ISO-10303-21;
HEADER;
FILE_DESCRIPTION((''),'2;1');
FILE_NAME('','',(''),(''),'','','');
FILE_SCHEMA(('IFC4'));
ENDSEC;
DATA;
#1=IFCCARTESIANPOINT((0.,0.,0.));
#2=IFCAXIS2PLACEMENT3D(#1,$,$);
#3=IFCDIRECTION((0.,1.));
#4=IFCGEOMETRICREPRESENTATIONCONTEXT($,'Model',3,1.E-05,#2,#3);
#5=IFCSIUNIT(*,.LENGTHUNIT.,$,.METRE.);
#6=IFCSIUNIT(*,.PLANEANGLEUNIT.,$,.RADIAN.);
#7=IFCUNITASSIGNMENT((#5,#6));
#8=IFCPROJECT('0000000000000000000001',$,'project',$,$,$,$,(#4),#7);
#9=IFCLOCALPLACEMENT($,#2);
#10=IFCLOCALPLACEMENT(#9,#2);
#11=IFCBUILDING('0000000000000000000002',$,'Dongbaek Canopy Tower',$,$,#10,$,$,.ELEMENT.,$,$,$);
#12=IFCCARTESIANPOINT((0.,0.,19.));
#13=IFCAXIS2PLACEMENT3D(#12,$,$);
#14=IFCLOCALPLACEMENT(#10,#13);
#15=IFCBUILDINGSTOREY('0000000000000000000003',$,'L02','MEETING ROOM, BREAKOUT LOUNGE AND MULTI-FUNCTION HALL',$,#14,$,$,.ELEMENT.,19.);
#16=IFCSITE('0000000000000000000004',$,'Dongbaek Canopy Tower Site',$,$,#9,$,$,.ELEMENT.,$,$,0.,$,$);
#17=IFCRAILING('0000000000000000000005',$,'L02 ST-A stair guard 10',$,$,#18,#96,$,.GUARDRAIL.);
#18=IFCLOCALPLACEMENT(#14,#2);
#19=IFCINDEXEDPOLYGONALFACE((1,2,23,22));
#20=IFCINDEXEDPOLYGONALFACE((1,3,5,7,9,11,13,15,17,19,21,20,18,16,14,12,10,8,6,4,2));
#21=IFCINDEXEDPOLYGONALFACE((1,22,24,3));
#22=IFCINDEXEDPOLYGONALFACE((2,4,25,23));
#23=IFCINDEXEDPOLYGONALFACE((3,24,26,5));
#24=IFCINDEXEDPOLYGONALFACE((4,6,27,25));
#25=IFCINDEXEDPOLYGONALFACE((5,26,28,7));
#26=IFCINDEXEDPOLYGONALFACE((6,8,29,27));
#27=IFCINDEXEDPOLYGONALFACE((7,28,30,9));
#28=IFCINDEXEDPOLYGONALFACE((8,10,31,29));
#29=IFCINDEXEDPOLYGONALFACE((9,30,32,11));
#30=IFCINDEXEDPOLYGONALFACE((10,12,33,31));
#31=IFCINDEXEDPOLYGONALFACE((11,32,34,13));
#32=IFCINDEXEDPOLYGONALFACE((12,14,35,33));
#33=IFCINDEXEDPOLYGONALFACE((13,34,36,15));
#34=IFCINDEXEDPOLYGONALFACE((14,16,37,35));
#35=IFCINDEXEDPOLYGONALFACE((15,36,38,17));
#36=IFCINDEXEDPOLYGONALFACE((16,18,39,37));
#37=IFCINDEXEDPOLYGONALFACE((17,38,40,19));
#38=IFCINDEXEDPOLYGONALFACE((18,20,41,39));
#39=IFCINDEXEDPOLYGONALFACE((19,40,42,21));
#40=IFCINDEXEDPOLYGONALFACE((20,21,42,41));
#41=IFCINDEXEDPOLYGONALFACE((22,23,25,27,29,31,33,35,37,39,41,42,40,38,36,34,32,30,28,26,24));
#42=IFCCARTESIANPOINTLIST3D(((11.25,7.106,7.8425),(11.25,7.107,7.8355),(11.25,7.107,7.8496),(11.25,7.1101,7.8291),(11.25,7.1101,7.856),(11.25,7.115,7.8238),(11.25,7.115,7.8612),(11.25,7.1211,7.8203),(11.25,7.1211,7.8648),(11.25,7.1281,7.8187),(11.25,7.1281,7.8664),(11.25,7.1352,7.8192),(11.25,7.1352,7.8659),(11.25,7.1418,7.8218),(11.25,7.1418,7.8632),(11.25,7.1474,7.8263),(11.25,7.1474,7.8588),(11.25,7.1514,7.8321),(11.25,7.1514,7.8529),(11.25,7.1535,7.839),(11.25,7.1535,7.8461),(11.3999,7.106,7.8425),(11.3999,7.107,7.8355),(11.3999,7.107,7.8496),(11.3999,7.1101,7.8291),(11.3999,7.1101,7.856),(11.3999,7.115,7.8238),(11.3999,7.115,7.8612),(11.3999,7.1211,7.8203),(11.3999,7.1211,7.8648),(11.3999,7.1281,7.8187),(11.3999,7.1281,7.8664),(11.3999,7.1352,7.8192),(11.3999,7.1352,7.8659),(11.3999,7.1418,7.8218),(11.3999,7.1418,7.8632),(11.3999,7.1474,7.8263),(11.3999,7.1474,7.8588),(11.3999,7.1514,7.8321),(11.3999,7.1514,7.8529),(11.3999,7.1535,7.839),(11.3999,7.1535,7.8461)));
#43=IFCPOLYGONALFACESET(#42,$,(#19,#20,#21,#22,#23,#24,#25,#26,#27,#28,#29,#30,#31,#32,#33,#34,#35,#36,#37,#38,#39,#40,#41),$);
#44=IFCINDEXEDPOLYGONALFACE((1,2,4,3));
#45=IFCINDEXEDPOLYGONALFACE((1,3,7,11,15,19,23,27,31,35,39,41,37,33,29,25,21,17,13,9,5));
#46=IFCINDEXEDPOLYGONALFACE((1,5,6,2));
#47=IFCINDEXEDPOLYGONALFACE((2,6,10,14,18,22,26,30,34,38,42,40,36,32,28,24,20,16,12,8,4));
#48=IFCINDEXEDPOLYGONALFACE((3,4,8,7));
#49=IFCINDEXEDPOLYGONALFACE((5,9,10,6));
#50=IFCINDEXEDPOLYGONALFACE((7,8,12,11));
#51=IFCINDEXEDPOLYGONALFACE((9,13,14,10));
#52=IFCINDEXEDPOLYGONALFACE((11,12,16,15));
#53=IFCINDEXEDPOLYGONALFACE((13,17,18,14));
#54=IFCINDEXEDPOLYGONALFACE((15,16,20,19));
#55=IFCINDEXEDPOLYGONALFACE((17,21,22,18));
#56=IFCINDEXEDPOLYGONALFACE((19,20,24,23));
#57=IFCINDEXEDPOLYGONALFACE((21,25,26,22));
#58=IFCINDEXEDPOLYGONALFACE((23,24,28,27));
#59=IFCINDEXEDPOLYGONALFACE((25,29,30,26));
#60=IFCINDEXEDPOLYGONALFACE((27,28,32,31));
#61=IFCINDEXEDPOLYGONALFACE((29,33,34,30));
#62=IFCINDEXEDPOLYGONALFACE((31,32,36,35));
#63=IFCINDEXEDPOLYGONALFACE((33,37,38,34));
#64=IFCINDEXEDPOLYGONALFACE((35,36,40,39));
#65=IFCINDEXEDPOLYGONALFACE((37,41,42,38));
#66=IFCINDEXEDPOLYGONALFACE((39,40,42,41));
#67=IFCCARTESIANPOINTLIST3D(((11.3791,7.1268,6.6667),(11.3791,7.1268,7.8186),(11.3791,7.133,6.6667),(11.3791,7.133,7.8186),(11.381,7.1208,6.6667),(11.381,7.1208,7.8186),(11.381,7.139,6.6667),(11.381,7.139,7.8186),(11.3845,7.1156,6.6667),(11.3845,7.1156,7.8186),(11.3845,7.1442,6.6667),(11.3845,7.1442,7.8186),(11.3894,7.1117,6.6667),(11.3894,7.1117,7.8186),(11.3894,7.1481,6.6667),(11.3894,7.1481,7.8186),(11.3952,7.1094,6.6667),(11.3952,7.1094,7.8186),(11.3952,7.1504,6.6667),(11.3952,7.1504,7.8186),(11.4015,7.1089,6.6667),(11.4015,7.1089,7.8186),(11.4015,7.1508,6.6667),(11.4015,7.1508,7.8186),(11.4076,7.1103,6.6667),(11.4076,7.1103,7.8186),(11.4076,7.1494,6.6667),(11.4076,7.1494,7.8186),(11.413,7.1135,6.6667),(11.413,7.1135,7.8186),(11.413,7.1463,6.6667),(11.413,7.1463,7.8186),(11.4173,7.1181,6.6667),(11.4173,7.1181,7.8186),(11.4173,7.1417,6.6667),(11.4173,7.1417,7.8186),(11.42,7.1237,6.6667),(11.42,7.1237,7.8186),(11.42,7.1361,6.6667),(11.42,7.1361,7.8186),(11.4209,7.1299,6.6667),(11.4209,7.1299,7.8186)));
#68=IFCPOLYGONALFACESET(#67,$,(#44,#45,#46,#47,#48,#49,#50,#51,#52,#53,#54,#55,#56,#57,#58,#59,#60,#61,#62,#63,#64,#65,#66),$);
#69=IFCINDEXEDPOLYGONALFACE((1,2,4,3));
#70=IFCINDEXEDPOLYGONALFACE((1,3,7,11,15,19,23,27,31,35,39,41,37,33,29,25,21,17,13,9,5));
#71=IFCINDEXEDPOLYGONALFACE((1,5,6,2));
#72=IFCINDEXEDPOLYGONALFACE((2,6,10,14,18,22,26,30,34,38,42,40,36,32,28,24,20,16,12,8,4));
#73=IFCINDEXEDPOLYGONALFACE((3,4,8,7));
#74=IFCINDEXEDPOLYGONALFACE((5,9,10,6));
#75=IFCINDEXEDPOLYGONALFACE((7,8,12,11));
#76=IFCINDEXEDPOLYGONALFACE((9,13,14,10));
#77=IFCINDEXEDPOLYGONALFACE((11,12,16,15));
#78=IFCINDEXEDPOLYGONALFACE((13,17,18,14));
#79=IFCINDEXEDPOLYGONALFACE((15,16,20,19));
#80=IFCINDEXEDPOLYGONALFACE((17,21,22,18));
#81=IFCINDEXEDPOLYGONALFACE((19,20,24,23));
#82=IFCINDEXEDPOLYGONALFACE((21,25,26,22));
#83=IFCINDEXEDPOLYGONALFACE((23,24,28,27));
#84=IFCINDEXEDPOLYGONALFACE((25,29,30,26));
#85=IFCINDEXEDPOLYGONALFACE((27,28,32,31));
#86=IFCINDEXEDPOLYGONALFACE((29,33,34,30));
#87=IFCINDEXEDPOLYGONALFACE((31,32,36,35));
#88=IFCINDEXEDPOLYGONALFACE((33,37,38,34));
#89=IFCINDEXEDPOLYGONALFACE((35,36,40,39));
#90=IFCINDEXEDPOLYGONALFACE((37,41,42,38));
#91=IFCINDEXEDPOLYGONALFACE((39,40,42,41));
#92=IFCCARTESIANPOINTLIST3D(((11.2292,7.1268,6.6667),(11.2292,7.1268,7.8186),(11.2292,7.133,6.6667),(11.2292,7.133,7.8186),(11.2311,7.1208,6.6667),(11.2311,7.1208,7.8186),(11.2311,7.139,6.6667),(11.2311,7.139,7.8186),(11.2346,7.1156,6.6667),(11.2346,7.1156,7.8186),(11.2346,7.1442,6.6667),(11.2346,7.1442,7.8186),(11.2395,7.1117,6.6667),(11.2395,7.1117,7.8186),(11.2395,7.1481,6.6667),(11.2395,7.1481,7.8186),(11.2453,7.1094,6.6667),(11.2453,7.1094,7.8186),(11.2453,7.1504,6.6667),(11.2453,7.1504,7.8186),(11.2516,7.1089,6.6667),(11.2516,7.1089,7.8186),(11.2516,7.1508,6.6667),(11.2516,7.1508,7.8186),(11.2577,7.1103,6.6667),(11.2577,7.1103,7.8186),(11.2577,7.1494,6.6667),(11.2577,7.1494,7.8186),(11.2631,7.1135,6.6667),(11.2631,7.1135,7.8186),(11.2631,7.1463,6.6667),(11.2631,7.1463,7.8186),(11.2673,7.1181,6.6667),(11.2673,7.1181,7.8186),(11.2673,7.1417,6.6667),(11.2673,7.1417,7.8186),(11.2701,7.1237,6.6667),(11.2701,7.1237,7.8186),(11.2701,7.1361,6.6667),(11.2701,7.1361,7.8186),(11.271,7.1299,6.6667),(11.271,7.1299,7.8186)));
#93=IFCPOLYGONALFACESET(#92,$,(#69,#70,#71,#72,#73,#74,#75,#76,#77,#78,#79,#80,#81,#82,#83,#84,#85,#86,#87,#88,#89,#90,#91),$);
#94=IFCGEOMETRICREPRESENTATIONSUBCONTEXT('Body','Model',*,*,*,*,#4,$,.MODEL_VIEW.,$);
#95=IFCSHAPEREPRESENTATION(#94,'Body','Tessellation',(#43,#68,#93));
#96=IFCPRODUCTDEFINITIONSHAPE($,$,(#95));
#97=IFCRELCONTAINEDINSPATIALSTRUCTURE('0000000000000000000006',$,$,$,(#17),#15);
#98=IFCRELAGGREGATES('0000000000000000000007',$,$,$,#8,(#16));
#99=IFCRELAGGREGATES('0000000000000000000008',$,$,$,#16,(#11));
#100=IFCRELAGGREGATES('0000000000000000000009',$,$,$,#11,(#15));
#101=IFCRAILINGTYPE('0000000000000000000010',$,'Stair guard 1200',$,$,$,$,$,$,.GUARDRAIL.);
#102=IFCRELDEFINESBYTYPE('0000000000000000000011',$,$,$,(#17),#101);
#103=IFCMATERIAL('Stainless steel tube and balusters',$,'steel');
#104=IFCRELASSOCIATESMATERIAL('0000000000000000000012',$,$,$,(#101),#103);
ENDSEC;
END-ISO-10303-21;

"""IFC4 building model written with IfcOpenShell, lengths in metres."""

from ifc_helpers import new_model, si_unit, direction, frame, origin, origin_2d, place, context, subcontext, project, spatial, circle, extrude, material, type_object, element, save


model = new_model("IFC4")

# Units and contexts
model_context = context("Model", 3, precision=1e-05, world=origin(), true_north=direction((0.0, 1.0)))
body_context = subcontext(model_context, "Body", "Model", "MODEL_VIEW")
ifc_project = project(units=[si_unit("LENGTHUNIT", "METRE"), si_unit("PLANEANGLEUNIT", "RADIAN")], contexts=[model_context])

# Site, building, storey
site_placement = place(None, origin())
site = spatial("IfcSite", under=ifc_project, at=site_placement, Name="Dongbaek Canopy Tower Site", CompositionType="ELEMENT", RefElevation=0.0)
building_placement = place(site_placement, origin())
building = spatial("IfcBuilding", under=site, at=building_placement, Name="Dongbaek Canopy Tower", CompositionType="ELEMENT")
storey_placement = place(building_placement, frame((0.0, 0.0, 19.0)))
storey = spatial("IfcBuildingStorey", under=building, at=storey_placement, Name="L02", Description="MEETING ROOM, BREAKOUT LOUNGE AND MULTI-FUNCTION HALL", CompositionType="ELEMENT", Elevation=19.0)

# Railing
ifc_material_1 = material(Name="Stainless steel tube and balusters", Category="steel")
railing_type_1 = type_object("IfcRailingType", Name="Stair guard 1200", PredefinedType="GUARDRAIL", material=ifc_material_1)
railing_1_placement = place(storey_placement, frame((11.3999, 7.1299, 6.6667)))
element("IfcRailing", 1, at=railing_1_placement, inside=storey, type_object=railing_type_1, Name="L02 ST-A stair guard 10", PredefinedType="GUARDRAIL", context=body_context, shape_type="SweptSolid", body=[
    extrude(circle(Radius=0.0239, at=origin_2d()), frame((0.0, 0.0, 1.1758), z_axis=(-1.0, 0.0, 0.0), x_axis=(0.0, -1.0, 0.0)), (0.0, 0.0, 1.0), 0.1499),
    extrude(circle(Radius=0.021, at=origin_2d()), origin(), (0.0, 0.0, 1.0), 1.1519),
    extrude(circle(Radius=0.021, at=origin_2d()), frame((-0.1499, 0.0, 0.0)), (0.0, 0.0, 1.0), 1.1519),
])

save(model, "model.ifc")
